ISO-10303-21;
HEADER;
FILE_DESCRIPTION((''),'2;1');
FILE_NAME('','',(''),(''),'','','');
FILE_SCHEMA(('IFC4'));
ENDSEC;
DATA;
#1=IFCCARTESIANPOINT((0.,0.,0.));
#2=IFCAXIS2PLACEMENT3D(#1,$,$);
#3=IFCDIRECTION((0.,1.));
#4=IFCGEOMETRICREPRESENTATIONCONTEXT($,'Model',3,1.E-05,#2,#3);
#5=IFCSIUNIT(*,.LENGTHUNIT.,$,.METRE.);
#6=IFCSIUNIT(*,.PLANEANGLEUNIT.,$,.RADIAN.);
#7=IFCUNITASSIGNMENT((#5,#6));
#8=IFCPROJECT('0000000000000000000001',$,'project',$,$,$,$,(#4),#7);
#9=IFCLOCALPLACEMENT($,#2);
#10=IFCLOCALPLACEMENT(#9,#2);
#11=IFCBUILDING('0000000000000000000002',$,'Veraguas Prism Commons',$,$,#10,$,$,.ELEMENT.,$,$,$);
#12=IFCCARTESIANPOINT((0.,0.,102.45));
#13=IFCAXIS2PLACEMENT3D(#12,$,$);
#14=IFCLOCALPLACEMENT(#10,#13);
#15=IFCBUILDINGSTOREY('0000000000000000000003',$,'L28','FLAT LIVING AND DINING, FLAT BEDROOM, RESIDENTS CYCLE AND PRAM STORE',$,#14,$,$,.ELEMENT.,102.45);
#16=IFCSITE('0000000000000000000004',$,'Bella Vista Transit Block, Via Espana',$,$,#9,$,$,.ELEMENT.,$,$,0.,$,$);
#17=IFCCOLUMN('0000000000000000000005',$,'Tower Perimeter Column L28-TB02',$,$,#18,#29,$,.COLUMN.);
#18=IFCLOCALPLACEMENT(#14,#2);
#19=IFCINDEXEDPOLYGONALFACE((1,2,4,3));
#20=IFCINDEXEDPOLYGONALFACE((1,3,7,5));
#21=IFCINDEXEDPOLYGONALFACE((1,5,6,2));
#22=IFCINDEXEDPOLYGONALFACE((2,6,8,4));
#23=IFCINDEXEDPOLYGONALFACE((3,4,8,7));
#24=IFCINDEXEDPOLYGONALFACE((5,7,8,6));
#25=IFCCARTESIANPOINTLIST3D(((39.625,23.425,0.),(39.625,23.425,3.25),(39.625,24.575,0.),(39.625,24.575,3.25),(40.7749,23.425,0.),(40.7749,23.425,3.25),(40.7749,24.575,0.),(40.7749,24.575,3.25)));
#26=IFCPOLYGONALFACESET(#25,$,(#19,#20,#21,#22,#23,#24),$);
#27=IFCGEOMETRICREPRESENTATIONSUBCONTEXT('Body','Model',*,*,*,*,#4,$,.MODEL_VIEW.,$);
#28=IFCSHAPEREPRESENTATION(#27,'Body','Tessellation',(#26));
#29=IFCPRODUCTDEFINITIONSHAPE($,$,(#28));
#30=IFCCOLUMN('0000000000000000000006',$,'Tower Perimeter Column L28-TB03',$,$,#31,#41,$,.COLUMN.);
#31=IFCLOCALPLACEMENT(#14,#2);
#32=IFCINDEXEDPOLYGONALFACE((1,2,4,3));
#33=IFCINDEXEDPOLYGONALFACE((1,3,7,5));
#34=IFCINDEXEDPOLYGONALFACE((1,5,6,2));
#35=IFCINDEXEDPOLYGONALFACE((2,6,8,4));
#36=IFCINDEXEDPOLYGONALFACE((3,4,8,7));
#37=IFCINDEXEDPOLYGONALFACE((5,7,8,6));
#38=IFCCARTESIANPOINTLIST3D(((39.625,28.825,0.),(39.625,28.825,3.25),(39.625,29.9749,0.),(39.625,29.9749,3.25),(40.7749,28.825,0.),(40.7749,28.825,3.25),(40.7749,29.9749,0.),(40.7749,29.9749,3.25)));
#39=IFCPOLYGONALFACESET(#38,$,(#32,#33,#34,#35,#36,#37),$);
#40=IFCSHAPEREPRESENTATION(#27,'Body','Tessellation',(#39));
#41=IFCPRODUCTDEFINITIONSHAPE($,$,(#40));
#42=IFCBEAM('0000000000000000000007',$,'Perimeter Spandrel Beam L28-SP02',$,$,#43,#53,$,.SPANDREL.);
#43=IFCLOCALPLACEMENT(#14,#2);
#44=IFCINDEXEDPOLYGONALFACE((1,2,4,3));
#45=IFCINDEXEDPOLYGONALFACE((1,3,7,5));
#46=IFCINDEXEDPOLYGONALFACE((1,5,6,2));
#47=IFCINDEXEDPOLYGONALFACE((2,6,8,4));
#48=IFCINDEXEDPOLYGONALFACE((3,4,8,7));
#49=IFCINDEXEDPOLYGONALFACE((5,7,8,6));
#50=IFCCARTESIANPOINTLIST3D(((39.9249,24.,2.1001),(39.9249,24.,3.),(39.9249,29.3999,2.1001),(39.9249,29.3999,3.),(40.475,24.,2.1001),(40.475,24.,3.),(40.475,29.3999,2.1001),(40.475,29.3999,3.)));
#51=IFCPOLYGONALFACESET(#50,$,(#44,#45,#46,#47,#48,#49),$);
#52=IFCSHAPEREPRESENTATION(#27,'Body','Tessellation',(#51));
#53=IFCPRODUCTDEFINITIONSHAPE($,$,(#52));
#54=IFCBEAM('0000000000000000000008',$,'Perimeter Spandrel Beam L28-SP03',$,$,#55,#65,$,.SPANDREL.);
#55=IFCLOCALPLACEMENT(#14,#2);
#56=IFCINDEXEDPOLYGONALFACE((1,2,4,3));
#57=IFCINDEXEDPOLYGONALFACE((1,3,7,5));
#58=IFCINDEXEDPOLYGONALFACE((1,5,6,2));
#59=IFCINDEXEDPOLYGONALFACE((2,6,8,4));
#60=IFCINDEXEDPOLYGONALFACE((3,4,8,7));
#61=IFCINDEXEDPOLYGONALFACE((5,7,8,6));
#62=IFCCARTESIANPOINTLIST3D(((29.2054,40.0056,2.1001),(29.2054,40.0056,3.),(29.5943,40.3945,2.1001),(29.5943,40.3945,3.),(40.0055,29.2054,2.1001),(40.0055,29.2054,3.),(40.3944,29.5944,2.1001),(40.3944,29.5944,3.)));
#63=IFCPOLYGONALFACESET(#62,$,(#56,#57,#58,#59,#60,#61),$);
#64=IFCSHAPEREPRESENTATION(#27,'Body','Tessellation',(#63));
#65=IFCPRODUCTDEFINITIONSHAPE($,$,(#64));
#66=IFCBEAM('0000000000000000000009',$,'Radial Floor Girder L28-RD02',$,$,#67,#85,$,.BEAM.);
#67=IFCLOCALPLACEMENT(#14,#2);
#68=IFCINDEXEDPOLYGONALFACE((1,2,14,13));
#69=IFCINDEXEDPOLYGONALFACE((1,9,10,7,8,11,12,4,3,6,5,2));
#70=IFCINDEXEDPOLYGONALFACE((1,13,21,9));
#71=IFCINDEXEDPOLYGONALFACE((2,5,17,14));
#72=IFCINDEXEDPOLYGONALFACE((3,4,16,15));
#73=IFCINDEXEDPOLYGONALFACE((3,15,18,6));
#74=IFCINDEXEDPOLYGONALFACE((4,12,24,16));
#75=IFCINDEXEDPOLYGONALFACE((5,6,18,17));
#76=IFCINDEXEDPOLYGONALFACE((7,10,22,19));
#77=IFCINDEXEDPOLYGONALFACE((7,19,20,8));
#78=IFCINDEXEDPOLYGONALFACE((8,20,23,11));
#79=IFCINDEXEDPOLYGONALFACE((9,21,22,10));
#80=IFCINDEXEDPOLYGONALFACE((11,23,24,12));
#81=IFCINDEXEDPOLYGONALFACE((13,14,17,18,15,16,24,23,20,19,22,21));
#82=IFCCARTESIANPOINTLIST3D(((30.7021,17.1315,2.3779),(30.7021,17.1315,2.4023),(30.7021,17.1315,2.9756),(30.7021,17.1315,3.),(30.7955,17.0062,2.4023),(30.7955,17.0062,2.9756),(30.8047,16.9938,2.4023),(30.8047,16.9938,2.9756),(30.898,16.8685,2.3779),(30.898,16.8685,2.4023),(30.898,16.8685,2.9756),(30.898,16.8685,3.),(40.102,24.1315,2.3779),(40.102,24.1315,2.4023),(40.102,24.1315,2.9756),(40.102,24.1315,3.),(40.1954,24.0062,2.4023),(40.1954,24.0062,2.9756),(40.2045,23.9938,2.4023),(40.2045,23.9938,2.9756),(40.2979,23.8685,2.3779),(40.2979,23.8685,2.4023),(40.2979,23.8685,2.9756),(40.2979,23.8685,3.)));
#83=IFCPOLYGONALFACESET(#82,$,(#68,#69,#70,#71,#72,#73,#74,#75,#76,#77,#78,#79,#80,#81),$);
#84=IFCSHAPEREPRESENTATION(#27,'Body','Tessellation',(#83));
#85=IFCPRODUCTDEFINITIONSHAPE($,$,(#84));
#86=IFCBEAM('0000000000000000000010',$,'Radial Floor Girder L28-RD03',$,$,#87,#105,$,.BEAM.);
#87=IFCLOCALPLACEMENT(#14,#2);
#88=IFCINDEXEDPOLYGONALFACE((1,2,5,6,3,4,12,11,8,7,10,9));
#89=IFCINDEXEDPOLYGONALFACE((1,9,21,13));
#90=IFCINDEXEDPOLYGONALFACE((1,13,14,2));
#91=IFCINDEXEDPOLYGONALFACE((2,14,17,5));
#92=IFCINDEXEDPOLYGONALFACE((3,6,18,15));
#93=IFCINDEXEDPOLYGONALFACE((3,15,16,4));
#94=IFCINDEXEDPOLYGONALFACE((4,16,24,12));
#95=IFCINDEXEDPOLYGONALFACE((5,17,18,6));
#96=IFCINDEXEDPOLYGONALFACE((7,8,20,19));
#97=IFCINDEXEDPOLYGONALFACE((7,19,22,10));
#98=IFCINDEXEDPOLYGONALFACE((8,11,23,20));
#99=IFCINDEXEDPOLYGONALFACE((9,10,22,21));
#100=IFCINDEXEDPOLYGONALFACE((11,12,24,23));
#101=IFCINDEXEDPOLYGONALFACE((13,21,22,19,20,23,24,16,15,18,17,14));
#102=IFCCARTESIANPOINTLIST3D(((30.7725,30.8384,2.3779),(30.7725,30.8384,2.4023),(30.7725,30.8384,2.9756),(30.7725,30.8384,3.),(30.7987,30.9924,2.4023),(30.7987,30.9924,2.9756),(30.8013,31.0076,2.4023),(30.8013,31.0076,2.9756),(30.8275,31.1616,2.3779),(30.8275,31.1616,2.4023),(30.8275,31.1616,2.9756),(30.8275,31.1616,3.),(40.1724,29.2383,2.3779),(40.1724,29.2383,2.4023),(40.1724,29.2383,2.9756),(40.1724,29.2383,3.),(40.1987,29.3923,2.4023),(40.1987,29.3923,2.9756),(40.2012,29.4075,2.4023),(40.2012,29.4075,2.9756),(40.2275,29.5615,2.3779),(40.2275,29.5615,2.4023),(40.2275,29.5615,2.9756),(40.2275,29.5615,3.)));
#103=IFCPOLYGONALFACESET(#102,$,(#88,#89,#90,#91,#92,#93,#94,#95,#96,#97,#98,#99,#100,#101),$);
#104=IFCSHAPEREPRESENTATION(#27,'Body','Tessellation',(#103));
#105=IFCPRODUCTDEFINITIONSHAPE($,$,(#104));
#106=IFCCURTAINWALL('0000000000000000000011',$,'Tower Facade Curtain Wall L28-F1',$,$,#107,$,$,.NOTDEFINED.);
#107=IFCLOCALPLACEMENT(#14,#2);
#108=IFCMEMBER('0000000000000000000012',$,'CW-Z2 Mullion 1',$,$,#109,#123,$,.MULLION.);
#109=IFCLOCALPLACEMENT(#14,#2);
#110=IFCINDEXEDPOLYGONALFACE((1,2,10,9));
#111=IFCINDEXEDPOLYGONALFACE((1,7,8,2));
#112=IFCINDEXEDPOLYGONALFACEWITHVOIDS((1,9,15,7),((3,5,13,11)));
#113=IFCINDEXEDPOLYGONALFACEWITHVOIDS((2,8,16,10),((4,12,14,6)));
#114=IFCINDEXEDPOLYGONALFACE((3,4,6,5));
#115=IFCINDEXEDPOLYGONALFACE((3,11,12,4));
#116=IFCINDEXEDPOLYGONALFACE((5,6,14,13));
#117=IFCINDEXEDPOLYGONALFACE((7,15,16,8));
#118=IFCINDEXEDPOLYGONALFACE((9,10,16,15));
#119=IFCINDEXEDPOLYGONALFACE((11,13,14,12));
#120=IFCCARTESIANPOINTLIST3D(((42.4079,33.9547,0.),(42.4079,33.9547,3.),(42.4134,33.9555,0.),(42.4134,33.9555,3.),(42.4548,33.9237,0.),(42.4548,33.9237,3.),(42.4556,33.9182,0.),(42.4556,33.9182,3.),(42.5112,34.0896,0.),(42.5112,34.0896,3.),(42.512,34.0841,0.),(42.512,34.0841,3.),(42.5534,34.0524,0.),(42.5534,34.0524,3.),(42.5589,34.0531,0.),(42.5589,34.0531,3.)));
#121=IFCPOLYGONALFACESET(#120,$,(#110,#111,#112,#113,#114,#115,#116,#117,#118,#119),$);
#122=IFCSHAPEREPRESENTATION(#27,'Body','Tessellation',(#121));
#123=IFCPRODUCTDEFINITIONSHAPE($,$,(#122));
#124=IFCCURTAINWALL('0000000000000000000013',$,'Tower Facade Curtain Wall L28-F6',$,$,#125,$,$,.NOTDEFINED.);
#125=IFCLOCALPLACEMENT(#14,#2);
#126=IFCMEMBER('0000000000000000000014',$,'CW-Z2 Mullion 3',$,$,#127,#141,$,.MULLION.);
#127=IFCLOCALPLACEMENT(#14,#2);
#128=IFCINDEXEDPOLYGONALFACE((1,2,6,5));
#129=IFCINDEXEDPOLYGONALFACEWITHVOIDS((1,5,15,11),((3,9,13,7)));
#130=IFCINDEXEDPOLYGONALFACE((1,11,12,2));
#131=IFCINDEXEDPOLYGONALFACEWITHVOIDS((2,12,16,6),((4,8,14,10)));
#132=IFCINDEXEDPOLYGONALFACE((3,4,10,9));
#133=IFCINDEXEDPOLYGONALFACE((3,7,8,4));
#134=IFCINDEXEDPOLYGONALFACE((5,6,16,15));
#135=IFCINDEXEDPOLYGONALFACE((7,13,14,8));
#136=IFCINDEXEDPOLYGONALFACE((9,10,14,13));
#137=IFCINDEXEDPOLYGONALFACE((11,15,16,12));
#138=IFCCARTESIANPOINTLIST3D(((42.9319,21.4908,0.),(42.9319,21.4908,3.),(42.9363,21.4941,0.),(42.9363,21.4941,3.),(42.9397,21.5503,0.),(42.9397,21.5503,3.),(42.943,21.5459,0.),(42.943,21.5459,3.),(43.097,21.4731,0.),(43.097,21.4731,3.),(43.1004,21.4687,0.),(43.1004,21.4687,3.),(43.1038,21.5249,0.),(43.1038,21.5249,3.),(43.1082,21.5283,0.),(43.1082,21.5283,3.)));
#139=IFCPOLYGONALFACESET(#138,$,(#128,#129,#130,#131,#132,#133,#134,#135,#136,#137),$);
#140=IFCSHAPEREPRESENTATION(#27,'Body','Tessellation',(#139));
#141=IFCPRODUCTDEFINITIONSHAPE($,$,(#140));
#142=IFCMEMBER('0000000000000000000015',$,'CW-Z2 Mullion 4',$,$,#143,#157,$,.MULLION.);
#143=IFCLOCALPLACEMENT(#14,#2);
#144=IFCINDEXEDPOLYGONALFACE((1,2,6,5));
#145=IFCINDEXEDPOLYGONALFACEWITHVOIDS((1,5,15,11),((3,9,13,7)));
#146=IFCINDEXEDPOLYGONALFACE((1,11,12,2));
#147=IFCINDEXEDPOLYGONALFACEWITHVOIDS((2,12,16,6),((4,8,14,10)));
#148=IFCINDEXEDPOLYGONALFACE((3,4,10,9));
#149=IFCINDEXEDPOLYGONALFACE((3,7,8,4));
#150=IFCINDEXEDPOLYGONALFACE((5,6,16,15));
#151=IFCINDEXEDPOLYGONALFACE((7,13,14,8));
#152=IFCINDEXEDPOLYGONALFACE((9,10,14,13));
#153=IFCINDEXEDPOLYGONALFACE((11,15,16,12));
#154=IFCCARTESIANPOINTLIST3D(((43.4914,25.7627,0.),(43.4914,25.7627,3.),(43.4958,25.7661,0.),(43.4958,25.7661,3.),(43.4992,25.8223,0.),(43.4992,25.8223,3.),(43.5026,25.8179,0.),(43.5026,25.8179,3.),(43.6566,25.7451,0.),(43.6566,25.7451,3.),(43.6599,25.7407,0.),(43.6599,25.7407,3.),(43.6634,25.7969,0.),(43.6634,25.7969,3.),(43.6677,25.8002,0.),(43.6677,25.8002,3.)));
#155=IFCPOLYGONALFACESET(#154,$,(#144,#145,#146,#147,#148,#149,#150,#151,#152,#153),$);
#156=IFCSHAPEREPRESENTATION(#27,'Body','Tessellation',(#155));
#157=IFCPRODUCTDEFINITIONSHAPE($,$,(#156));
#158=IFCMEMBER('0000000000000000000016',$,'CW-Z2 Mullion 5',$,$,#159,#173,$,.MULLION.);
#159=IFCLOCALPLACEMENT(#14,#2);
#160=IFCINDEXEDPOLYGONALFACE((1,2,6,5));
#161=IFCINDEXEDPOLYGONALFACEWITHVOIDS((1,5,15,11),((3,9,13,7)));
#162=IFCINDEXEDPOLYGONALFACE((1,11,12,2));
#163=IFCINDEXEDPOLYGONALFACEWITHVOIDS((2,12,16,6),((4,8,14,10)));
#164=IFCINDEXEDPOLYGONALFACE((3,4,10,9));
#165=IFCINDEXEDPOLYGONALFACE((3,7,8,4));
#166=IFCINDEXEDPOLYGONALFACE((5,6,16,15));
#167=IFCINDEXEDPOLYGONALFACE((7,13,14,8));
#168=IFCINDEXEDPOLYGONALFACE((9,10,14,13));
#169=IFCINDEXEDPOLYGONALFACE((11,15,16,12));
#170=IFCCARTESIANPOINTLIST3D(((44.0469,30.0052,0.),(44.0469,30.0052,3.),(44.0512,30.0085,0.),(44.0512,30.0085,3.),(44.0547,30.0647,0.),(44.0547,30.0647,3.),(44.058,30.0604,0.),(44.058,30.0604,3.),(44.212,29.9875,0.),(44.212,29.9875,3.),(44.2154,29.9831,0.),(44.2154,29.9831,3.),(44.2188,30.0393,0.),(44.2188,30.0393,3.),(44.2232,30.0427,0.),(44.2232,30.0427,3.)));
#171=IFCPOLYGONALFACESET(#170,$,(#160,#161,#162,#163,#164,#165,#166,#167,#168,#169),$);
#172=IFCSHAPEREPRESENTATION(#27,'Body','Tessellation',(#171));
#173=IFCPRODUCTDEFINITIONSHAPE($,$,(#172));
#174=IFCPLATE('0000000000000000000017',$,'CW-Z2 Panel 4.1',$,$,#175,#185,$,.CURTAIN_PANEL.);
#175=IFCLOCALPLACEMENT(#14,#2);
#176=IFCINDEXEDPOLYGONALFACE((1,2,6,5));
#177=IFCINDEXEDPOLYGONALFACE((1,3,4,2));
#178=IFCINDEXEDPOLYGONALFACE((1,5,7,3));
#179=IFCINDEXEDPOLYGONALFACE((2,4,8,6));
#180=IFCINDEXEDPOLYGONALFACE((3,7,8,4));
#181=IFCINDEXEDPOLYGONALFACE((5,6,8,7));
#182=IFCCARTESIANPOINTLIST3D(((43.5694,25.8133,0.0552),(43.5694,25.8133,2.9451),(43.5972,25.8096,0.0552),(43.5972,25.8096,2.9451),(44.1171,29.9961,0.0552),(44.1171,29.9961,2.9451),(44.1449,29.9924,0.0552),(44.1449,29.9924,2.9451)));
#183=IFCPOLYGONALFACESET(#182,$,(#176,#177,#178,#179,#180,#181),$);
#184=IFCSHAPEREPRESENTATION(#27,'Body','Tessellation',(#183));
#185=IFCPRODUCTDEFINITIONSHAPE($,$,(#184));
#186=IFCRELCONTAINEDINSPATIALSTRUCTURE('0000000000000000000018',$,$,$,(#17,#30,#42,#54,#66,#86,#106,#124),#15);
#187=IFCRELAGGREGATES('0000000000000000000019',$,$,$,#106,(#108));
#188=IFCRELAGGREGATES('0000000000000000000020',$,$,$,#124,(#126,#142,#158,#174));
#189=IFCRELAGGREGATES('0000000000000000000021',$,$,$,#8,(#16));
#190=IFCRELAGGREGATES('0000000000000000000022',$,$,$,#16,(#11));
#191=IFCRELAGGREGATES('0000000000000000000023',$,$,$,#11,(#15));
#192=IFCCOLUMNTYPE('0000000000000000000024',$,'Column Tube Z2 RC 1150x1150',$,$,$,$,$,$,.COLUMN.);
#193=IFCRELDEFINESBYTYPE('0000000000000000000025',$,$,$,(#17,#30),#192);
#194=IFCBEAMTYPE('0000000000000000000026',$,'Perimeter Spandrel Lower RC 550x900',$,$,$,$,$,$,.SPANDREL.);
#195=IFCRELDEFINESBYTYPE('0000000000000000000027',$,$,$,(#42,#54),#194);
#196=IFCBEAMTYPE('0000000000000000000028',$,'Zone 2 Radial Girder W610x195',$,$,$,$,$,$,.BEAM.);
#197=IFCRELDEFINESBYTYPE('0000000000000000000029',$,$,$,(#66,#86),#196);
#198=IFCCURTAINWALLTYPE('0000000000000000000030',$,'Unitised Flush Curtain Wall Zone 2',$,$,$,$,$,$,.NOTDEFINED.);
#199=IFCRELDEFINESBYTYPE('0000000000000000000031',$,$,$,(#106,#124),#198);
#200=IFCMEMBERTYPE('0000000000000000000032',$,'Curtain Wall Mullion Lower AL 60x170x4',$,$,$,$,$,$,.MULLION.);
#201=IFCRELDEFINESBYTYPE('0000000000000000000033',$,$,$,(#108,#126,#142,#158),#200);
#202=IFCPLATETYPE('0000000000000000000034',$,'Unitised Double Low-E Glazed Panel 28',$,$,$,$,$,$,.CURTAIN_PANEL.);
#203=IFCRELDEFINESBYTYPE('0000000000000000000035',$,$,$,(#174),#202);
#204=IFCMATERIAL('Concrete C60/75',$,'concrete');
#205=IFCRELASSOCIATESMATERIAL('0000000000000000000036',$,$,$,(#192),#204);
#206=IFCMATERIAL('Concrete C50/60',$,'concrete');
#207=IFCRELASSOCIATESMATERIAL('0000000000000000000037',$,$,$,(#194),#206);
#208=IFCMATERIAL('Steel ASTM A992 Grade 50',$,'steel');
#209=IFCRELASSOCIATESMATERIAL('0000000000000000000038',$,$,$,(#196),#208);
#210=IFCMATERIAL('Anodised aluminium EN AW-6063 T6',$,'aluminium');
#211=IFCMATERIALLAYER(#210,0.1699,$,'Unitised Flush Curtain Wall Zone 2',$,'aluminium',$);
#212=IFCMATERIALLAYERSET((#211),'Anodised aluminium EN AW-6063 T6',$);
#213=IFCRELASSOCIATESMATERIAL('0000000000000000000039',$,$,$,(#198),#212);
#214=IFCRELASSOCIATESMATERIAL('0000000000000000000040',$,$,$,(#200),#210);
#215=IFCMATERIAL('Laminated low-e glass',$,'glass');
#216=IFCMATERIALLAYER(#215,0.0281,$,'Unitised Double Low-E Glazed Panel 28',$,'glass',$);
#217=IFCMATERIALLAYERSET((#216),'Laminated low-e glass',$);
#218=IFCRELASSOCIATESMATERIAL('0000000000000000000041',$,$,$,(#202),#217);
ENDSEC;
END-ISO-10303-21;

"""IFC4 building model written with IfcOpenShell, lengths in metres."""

from ifc_helpers import new_model, si_unit, direction, frame, origin, origin_2d, place, context, subcontext, project, spatial, rectangle, hollow_rectangle, i_section, extrude, source, transform, mapped, material, layer, layer_set, material_profile, profile_set, type_object, element, aggregate, save


model = new_model("IFC4")

# Units and contexts
model_context = context("Model", 3, precision=1e-05, world=origin(), true_north=direction((0.0, 1.0)))
body_context = subcontext(model_context, "Body", "Model", "MODEL_VIEW")
ifc_project = project(units=[si_unit("LENGTHUNIT", "METRE"), si_unit("PLANEANGLEUNIT", "RADIAN")], contexts=[model_context])

# Site, building, storey
site_placement = place(None, origin())
site = spatial("IfcSite", under=ifc_project, at=site_placement, Name="Bella Vista Transit Block, Via Espana", CompositionType="ELEMENT", RefElevation=0.0)
building_placement = place(site_placement, origin())
building = spatial("IfcBuilding", under=site, at=building_placement, Name="Veraguas Prism Commons", CompositionType="ELEMENT")
storey_placement = place(building_placement, frame((0.0, 0.0, 102.45)))
storey = spatial("IfcBuildingStorey", under=building, at=storey_placement, Name="L28", Description="FLAT LIVING AND DINING, FLAT BEDROOM, RESIDENTS CYCLE AND PRAM STORE", CompositionType="ELEMENT", Elevation=102.45)

# Columns
ifc_material_1 = material(Name="Concrete C60/75", Category="concrete")
ifc_material_profile_1 = material_profile(ifc_material_1, rectangle(XDim=1.1499, YDim=1.1499, at=origin_2d()), Name="RC1150X1150")
ifc_profile_set_1 = profile_set([ifc_material_profile_1], Name="Concrete C60/75")
column_type = type_object("IfcColumnType", Name="Column Tube Z2 RC 1150x1150", PredefinedType="COLUMN", material=ifc_profile_set_1)
for number, where, z_axis, x_axis, name in (
    (1, (40.2, 24.0, 0.0), (0.0, 0.0, 1.0), (1.0, 0.0, 0.0), "Tower Perimeter Column L28-TB02"),
    (2, (40.2, 29.3999, 0.0), (0.0, 0.0, 1.0), (1.0, 0.0, 0.0), "Tower Perimeter Column L28-TB03"),
):
    element("IfcColumn", number, at=place(storey_placement, frame(where, z_axis=z_axis, x_axis=x_axis)), inside=storey, type_object=column_type, Name=name, PredefinedType="COLUMN", context=body_context, shape_type="SweptSolid", body=[
        extrude(rectangle(XDim=1.1499, YDim=1.1499, at=origin_2d()), origin(), (0.0, 0.0, 1.0), 3.25),
    ])

# Beams
ifc_material_2 = material(Name="Concrete C50/60", Category="concrete")
ifc_material_profile_2 = material_profile(ifc_material_2, rectangle(XDim=0.55, YDim=0.8999, at=origin_2d()), Name="RC550X900")
ifc_profile_set_2 = profile_set([ifc_material_profile_2], Name="Concrete C50/60")
beam_type_1 = type_object("IfcBeamType", Name="Perimeter Spandrel Lower RC 550x900", PredefinedType="SPANDREL", material=ifc_profile_set_2)
beam_1_placement = place(storey_placement, frame((40.2, 24.0, 2.55), z_axis=(0.0, 1.0, 0.0), x_axis=(-1.0, 0.0, 0.0)))
element("IfcBeam", 3, at=beam_1_placement, inside=storey, type_object=beam_type_1, Name="Perimeter Spandrel Beam L28-SP02", PredefinedType="SPANDREL", context=body_context, shape_type="SweptSolid", body=[
    extrude(rectangle(XDim=0.55, YDim=0.8999, at=origin_2d()), origin(), (0.0, 0.0, 1.0), 5.3999),
])
beam_2_placement = place(storey_placement, frame((40.2, 29.3999, 2.55), z_axis=(-0.707107, 0.707107, 0.0), x_axis=(-0.707107, -0.707107, 0.0)))
element("IfcBeam", 4, at=beam_2_placement, inside=storey, type_object=beam_type_1, Name="Perimeter Spandrel Beam L28-SP03", PredefinedType="SPANDREL", context=body_context, shape_type="SweptSolid", body=[
    extrude(rectangle(XDim=0.55, YDim=0.8999, at=origin_2d()), origin(), (0.0, 0.0, 1.0), 15.2737),
])
ifc_material_3 = material(Name="Steel ASTM A992 Grade 50", Category="steel")
ifc_material_profile_3 = material_profile(ifc_material_3, i_section(OverallWidth=0.3279, OverallDepth=0.6221, WebThickness=0.0154, FlangeThickness=0.0244, at=origin_2d()), Name="W610X195")
ifc_profile_set_3 = profile_set([ifc_material_profile_3], Name="Steel ASTM A992 Grade 50")
beam_type_2 = type_object("IfcBeamType", Name="Zone 2 Radial Girder W610x195", PredefinedType="BEAM", material=ifc_profile_set_3)
beam_3_placement = place(storey_placement, frame((40.2, 24.0, 2.689), z_axis=(-0.80204, -0.59727, 0.0), x_axis=(0.59727, -0.80204, 0.0)))
element("IfcBeam", 5, at=beam_3_placement, inside=storey, type_object=beam_type_2, Name="Radial Floor Girder L28-RD02", PredefinedType="BEAM", context=body_context, shape_type="SweptSolid", body=[
    extrude(i_section(OverallWidth=0.3279, OverallDepth=0.6221, WebThickness=0.0154, FlangeThickness=0.0244, at=origin_2d()), origin(), (0.0, 0.0, 1.0), 11.72),
])
beam_4_placement = place(storey_placement, frame((40.2, 29.3999, 2.689), z_axis=(-0.985819, 0.167811, 0.0), x_axis=(-0.167811, -0.985819, 0.0)))
element("IfcBeam", 6, at=beam_4_placement, inside=storey, type_object=beam_type_2, Name="Radial Floor Girder L28-RD03", PredefinedType="BEAM", context=body_context, shape_type="SweptSolid", body=[
    extrude(i_section(OverallWidth=0.3279, OverallDepth=0.6221, WebThickness=0.0154, FlangeThickness=0.0244, at=origin_2d()), origin(), (0.0, 0.0, 1.0), 9.5352),
])

# Curtain wall, member
ifc_material_4 = material(Name="Anodised aluminium EN AW-6063 T6", Category="aluminium")
ifc_layer_1 = layer(ifc_material_4, 0.1699, Name="Unitised Flush Curtain Wall Zone 2", Category="aluminium")
ifc_layer_set_1 = layer_set([ifc_layer_1], Name="Anodised aluminium EN AW-6063 T6")
curtain_wall_type = type_object("IfcCurtainWallType", Name="Unitised Flush Curtain Wall Zone 2", PredefinedType="NOTDEFINED", material=ifc_layer_set_1)
curtain_wall_1_placement = place(storey_placement, origin())
curtain_wall_1 = element("IfcCurtainWall", 7, at=curtain_wall_1_placement, inside=storey, type_object=curtain_wall_type, Name="Tower Facade Curtain Wall L28-F1", PredefinedType="NOTDEFINED")
ifc_material_profile_4 = material_profile(ifc_material_4, hollow_rectangle(XDim=0.0601, YDim=0.1699, WallThickness=0.0039, at=origin_2d()), Name="AL60X170X4")
ifc_profile_set_4 = profile_set([ifc_material_profile_4], Name="Anodised aluminium EN AW-6063 T6")
member_type = type_object("IfcMemberType", Name="Curtain Wall Mullion Lower AL 60x170x4", PredefinedType="MULLION", material=ifc_profile_set_4)
shared_shape_1 = source(origin(), body_context, "Body", "SweptSolid", [
    extrude(hollow_rectangle(XDim=0.0601, YDim=0.1699, WallThickness=0.0039, at=origin_2d()), origin(), (0.0, 0.0, 1.0), 3.0),
])
member_1_placement = place(storey_placement, frame((42.4834, 34.0039, 0.0), z_axis=(0.0, 0.0, 1.0), x_axis=(-0.793778, 0.608207, 0.0)))
member_1 = element("IfcMember", 8, at=member_1_placement, type_object=member_type, Name="CW-Z2 Mullion 1", PredefinedType="MULLION", context=body_context, shape_type="MappedRepresentation", body=[
    mapped(shared_shape_1, transform((0.0, 0.0, 0.0), scale=1.0)),
])
aggregate(curtain_wall_1, [member_1])

# Curtain wall, members, plate
curtain_wall_2_placement = place(storey_placement, origin())
curtain_wall_2 = element("IfcCurtainWall", 9, at=curtain_wall_2_placement, inside=storey, type_object=curtain_wall_type, Name="Tower Facade Curtain Wall L28-F6", PredefinedType="NOTDEFINED")
member_2_placement = place(storey_placement, frame((43.02, 21.5095, 0.0), z_axis=(0.0, 0.0, 1.0), x_axis=(0.129834, 0.991536, 0.0)))
member_2 = element("IfcMember", 10, at=member_2_placement, type_object=member_type, Name="CW-Z2 Mullion 3", PredefinedType="MULLION", context=body_context, shape_type="MappedRepresentation", body=[
    mapped(shared_shape_1, transform((0.0, 0.0, 0.0), scale=1.0)),
])
member_3_placement = place(storey_placement, frame((43.5796, 25.7815, 0.0), z_axis=(0.0, 0.0, 1.0), x_axis=(0.129834, 0.991536, 0.0)))
member_3 = element("IfcMember", 11, at=member_3_placement, type_object=member_type, Name="CW-Z2 Mullion 4", PredefinedType="MULLION", context=body_context, shape_type="MappedRepresentation", body=[
    mapped(shared_shape_1, transform((0.0, 0.0, 0.0), scale=1.0)),
])
member_4_placement = place(storey_placement, frame((44.135, 30.0239, 0.0), z_axis=(0.0, 0.0, 1.0), x_axis=(0.129834, 0.991536, 0.0)))
member_4 = element("IfcMember", 12, at=member_4_placement, type_object=member_type, Name="CW-Z2 Mullion 5", PredefinedType="MULLION", context=body_context, shape_type="MappedRepresentation", body=[
    mapped(shared_shape_1, transform((0.0, 0.0, 0.0), scale=1.0)),
])
ifc_material_5 = material(Name="Laminated low-e glass", Category="glass")
ifc_layer_2 = layer(ifc_material_5, 0.0281, Name="Unitised Double Low-E Glazed Panel 28", Category="glass")
ifc_layer_set_2 = layer_set([ifc_layer_2], Name="Laminated low-e glass")
plate_type = type_object("IfcPlateType", Name="Unitised Double Low-E Glazed Panel 28", PredefinedType="CURTAIN_PANEL", material=ifc_layer_set_2)
shared_shape_2 = source(origin(), body_context, "Body", "SweptSolid", [
    extrude(rectangle(XDim=4.2185, YDim=0.0281, at=origin_2d()), origin(), (0.0, 0.0, 1.0), 2.8899),
])
plate_1_placement = place(storey_placement, frame((43.8572, 27.9028, 0.0552), z_axis=(0.0, 0.0, 1.0), x_axis=(0.129834, 0.991536, 0.0)))
plate_1 = element("IfcPlate", 13, at=plate_1_placement, type_object=plate_type, Name="CW-Z2 Panel 4.1", PredefinedType="CURTAIN_PANEL", context=body_context, shape_type="MappedRepresentation", body=[
    mapped(shared_shape_2, transform((0.0, 0.0, 0.0), scale=1.0)),
])
aggregate(curtain_wall_2, [member_2, member_3, member_4, plate_1])

save(model, "model.ifc")
